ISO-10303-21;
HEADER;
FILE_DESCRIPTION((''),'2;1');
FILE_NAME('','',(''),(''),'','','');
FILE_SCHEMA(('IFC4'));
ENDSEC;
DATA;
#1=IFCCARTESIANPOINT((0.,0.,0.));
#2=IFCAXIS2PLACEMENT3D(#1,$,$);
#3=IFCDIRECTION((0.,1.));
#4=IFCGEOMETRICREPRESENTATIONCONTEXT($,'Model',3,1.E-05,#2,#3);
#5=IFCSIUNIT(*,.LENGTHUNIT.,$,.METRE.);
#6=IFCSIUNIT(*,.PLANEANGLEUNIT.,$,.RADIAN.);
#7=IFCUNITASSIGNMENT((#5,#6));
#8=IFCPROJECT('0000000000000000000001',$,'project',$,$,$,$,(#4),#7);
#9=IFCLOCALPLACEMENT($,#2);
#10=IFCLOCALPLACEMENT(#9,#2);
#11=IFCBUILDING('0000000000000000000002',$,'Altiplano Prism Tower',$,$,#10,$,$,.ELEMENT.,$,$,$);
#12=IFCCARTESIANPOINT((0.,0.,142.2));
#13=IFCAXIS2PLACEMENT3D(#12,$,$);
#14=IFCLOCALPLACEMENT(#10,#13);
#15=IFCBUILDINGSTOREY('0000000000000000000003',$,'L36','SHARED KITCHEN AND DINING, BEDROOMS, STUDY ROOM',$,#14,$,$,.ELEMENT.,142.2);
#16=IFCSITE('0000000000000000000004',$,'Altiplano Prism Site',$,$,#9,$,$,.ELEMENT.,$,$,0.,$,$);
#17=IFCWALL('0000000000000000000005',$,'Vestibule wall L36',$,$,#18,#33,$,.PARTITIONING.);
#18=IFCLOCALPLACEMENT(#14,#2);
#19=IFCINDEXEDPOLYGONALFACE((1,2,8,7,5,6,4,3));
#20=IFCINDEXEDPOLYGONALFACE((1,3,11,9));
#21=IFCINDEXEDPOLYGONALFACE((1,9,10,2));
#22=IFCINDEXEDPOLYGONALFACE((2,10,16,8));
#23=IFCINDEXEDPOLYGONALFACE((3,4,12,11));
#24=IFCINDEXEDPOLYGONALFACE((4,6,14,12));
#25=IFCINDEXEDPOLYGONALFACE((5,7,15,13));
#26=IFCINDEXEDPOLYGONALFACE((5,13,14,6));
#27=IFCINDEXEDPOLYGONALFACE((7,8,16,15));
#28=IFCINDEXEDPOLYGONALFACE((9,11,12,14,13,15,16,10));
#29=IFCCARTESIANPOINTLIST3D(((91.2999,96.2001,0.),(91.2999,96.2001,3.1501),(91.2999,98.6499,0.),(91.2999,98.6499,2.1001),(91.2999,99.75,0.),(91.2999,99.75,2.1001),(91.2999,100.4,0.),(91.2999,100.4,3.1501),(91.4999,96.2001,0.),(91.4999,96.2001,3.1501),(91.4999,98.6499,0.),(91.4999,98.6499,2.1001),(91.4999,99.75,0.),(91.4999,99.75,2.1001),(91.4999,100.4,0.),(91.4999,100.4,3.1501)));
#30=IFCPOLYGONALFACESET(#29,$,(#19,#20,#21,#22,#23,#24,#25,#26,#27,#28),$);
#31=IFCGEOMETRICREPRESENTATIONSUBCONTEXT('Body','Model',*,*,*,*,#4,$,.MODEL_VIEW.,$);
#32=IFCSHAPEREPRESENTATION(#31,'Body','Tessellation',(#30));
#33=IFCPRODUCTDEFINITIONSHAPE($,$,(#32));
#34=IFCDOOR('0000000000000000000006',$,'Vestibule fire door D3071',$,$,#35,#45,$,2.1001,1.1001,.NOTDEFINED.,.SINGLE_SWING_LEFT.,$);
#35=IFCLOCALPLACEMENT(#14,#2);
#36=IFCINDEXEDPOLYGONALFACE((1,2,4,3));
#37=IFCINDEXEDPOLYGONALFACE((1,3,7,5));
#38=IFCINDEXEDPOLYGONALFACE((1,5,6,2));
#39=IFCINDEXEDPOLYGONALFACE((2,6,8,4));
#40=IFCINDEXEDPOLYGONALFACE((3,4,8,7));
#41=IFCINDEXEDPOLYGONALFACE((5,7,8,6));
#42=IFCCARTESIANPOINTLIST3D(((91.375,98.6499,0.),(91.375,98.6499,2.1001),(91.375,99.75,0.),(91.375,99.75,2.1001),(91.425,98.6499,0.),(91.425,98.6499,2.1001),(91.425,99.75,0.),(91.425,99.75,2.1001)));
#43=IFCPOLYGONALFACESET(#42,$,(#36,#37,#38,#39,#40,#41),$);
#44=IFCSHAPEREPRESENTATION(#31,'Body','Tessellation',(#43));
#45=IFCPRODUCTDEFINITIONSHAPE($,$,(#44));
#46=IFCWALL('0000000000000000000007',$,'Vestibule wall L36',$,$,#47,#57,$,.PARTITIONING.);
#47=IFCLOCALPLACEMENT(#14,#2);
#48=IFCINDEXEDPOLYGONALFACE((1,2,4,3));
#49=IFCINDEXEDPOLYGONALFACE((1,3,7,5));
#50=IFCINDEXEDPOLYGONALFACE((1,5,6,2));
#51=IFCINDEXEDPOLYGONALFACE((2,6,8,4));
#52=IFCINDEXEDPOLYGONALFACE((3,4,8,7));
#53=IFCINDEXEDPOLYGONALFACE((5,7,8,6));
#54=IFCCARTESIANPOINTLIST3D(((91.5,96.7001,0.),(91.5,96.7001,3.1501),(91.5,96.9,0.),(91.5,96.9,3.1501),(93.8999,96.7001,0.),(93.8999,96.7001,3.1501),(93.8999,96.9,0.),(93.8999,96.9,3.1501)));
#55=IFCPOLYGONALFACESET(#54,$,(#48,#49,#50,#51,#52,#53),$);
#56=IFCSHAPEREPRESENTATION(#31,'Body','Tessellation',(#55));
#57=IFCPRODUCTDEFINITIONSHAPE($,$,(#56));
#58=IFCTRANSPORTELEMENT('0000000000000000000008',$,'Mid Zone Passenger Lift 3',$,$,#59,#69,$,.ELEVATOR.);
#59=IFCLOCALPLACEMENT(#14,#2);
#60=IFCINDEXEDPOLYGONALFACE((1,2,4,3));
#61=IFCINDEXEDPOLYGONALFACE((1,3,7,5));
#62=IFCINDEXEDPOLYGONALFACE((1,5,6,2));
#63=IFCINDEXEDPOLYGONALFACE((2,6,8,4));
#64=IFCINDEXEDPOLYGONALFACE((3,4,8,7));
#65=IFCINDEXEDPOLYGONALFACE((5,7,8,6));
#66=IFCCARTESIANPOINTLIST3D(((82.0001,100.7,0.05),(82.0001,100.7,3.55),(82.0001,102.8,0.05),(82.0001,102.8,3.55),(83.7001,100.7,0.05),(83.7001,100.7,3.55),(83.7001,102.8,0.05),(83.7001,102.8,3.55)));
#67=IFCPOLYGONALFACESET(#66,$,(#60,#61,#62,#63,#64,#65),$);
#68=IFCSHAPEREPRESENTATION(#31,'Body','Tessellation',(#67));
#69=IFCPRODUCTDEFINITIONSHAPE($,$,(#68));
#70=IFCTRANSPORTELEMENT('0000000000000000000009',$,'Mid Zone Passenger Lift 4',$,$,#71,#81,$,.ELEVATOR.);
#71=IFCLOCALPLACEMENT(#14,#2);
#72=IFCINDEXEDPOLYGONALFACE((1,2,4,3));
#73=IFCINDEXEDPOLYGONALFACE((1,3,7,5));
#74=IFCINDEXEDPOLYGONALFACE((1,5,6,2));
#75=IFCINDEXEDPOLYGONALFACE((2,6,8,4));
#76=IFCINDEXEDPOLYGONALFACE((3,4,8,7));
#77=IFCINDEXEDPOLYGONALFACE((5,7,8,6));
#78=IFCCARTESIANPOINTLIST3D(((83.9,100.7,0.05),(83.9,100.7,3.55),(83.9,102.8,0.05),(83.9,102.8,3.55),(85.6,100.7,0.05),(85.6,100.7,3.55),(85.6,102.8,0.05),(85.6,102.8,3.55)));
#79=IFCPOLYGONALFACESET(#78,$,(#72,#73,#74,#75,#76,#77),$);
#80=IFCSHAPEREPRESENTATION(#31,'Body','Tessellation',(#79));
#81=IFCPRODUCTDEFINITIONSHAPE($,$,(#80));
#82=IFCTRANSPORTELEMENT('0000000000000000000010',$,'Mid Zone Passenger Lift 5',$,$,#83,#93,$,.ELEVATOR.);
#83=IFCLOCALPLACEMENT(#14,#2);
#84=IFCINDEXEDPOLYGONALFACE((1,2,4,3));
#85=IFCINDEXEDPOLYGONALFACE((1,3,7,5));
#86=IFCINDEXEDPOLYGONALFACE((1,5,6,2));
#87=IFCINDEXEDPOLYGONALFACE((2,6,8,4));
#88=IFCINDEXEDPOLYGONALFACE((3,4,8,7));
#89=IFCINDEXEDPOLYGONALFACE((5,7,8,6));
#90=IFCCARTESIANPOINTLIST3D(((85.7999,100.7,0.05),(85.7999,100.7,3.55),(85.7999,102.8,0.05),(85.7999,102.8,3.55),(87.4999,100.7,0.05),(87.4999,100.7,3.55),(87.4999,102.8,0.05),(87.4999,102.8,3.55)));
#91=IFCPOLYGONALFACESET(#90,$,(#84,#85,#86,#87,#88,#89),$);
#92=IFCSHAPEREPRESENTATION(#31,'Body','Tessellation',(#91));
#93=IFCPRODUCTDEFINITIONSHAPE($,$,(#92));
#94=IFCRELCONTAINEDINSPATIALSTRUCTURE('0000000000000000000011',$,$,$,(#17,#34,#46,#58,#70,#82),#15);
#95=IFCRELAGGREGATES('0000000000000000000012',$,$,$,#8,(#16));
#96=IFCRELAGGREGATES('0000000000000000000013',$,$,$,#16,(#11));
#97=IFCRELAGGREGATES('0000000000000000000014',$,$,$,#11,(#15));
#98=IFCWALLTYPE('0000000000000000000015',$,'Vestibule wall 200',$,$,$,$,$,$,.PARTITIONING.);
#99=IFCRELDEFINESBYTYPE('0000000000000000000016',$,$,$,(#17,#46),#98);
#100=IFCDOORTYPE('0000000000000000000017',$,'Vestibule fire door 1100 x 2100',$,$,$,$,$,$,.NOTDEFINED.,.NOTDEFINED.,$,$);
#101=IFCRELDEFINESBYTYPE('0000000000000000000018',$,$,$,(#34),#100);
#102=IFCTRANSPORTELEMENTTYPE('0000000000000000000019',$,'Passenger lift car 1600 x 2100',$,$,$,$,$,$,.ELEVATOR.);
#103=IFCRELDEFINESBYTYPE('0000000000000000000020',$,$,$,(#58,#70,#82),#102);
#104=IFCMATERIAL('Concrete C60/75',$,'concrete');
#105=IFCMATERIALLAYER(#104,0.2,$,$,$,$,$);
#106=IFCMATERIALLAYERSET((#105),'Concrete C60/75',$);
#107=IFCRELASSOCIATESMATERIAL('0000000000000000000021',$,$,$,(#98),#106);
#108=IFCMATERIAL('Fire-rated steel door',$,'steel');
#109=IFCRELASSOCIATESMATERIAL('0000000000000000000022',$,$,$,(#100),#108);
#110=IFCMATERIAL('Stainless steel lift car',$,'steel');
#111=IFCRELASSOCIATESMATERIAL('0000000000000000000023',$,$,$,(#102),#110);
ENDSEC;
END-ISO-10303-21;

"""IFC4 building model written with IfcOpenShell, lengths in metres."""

from ifc_helpers import new_model, si_unit, direction, frame, frame_2d, origin, origin_2d, place, context, subcontext, project, spatial, rectangle, extrude, material, layer, layer_set, type_object, element, fill, save


model = new_model("IFC4")

# Units and contexts
model_context = context("Model", 3, precision=1e-05, world=origin(), true_north=direction((0.0, 1.0)))
body_context = subcontext(model_context, "Body", "Model", "MODEL_VIEW")
ifc_project = project(units=[si_unit("LENGTHUNIT", "METRE"), si_unit("PLANEANGLEUNIT", "RADIAN")], contexts=[model_context])

# Site, building, storey
site_placement = place(None, origin())
site = spatial("IfcSite", under=ifc_project, at=site_placement, Name="Altiplano Prism Site", CompositionType="ELEMENT", RefElevation=0.0)
building_placement = place(site_placement, origin())
building = spatial("IfcBuilding", under=site, at=building_placement, Name="Altiplano Prism Tower", CompositionType="ELEMENT")
storey_placement = place(building_placement, frame((0.0, 0.0, 142.2)))
storey = spatial("IfcBuildingStorey", under=building, at=storey_placement, Name="L36", Description="SHARED KITCHEN AND DINING, BEDROOMS, STUDY ROOM", CompositionType="ELEMENT", Elevation=142.2)

# Shared definitions
ifc_material_1 = material(Name="Concrete C60/75", Category="concrete")

# Shared definitions
ifc_material_2 = material(Name="Fire-rated steel door", Category="steel")

# Shared definitions
ifc_layer_1 = layer(ifc_material_1, 0.2)
ifc_layer_set_1 = layer_set([ifc_layer_1], Name="Concrete C60/75")
wall_type_1 = type_object("IfcWallType", Name="Vestibule wall 200", PredefinedType="PARTITIONING", material=ifc_layer_set_1)

# Wall, opening, door
wall_1_placement = place(storey_placement, frame((91.3999, 96.2, 0.0), z_axis=(0.0, 0.0, 1.0), x_axis=(0.0, 1.0, 0.0)))
wall_1 = element("IfcWall", 1, at=wall_1_placement, inside=storey, type_object=wall_type_1, Name="Vestibule wall L36", PredefinedType="PARTITIONING", context=body_context, shape_type="SweptSolid", body=[
    extrude(rectangle(XDim=4.2, YDim=0.2, at=frame_2d((2.1001, 0.0))), origin(), (0.0, 0.0, 1.0), 3.1501),
])
opening_1_placement = place(wall_1_placement, frame((2.45, 0.0, 0.0)))
opening_1 = element("IfcOpeningElement", 2, at=opening_1_placement, cuts=wall_1, PredefinedType="OPENING", context=body_context, shape_type="SweptSolid", body=[
    extrude(rectangle(XDim=1.1001, YDim=2.1001, at=frame_2d((0.55, 1.05))), frame((0.0, 0.1104, 0.0), z_axis=(0.0, -1.0, 0.0), x_axis=(1.0, 0.0, 0.0)), (0.0, 0.0, 1.0), 0.2209),
])
door_type_1 = type_object("IfcDoorType", Name="Vestibule fire door 1100 x 2100", OperationType="NOTDEFINED", PredefinedType="NOTDEFINED", material=ifc_material_2)
door_1_placement = place(opening_1_placement, origin())
door_1 = element("IfcDoor", 3, at=door_1_placement, inside=storey, type_object=door_type_1, Name="Vestibule fire door D3071", OperationType="SINGLE_SWING_LEFT", OverallHeight=2.1001, OverallWidth=1.1001, PredefinedType="NOTDEFINED", context=body_context, shape_type="SweptSolid", body=[
    extrude(rectangle(XDim=1.1001, YDim=2.1001, at=frame_2d((0.55, 1.05))), frame((0.0, 0.0249, 0.0), z_axis=(0.0, -1.0, 0.0), x_axis=(1.0, 0.0, 0.0)), (0.0, 0.0, 1.0), 0.05),
])
fill(opening_1, door_1)

# Wall
wall_2_placement = place(storey_placement, frame((91.5, 96.8, 0.0), z_axis=(0.0, 0.0, 1.0), x_axis=(1.0, 0.0, 0.0)))
element("IfcWall", 4, at=wall_2_placement, inside=storey, type_object=wall_type_1, Name="Vestibule wall L36", PredefinedType="PARTITIONING", context=body_context, shape_type="SweptSolid", body=[
    extrude(rectangle(XDim=2.3999, YDim=0.2, at=frame_2d((1.2, 0.0))), origin(), (0.0, 0.0, 1.0), 3.1501),
])

# Transport elements
ifc_material_3 = material(Name="Stainless steel lift car", Category="steel")
transport_element_type = type_object("IfcTransportElementType", Name="Passenger lift car 1600 x 2100", PredefinedType="ELEVATOR", material=ifc_material_3)
for number, where, z_axis, x_axis, name in (
    (5, (82.8501, 101.75, 0.05), (0.0, 0.0, 1.0), (1.0, 0.0, 0.0), "Mid Zone Passenger Lift 3"),
    (6, (84.75, 101.75, 0.05), (0.0, 0.0, 1.0), (1.0, 0.0, 0.0), "Mid Zone Passenger Lift 4"),
    (7, (86.6499, 101.75, 0.05), (0.0, 0.0, 1.0), (1.0, 0.0, 0.0), "Mid Zone Passenger Lift 5"),
):
    element("IfcTransportElement", number, at=place(storey_placement, frame(where, z_axis=z_axis, x_axis=x_axis)), inside=storey, type_object=transport_element_type, Name=name, PredefinedType="ELEVATOR", context=body_context, shape_type="SweptSolid", body=[
        extrude(rectangle(XDim=1.7, YDim=2.1001, at=origin_2d()), origin(), (0.0, 0.0, 1.0), 3.5),
    ])

save(model, "model.ifc")
